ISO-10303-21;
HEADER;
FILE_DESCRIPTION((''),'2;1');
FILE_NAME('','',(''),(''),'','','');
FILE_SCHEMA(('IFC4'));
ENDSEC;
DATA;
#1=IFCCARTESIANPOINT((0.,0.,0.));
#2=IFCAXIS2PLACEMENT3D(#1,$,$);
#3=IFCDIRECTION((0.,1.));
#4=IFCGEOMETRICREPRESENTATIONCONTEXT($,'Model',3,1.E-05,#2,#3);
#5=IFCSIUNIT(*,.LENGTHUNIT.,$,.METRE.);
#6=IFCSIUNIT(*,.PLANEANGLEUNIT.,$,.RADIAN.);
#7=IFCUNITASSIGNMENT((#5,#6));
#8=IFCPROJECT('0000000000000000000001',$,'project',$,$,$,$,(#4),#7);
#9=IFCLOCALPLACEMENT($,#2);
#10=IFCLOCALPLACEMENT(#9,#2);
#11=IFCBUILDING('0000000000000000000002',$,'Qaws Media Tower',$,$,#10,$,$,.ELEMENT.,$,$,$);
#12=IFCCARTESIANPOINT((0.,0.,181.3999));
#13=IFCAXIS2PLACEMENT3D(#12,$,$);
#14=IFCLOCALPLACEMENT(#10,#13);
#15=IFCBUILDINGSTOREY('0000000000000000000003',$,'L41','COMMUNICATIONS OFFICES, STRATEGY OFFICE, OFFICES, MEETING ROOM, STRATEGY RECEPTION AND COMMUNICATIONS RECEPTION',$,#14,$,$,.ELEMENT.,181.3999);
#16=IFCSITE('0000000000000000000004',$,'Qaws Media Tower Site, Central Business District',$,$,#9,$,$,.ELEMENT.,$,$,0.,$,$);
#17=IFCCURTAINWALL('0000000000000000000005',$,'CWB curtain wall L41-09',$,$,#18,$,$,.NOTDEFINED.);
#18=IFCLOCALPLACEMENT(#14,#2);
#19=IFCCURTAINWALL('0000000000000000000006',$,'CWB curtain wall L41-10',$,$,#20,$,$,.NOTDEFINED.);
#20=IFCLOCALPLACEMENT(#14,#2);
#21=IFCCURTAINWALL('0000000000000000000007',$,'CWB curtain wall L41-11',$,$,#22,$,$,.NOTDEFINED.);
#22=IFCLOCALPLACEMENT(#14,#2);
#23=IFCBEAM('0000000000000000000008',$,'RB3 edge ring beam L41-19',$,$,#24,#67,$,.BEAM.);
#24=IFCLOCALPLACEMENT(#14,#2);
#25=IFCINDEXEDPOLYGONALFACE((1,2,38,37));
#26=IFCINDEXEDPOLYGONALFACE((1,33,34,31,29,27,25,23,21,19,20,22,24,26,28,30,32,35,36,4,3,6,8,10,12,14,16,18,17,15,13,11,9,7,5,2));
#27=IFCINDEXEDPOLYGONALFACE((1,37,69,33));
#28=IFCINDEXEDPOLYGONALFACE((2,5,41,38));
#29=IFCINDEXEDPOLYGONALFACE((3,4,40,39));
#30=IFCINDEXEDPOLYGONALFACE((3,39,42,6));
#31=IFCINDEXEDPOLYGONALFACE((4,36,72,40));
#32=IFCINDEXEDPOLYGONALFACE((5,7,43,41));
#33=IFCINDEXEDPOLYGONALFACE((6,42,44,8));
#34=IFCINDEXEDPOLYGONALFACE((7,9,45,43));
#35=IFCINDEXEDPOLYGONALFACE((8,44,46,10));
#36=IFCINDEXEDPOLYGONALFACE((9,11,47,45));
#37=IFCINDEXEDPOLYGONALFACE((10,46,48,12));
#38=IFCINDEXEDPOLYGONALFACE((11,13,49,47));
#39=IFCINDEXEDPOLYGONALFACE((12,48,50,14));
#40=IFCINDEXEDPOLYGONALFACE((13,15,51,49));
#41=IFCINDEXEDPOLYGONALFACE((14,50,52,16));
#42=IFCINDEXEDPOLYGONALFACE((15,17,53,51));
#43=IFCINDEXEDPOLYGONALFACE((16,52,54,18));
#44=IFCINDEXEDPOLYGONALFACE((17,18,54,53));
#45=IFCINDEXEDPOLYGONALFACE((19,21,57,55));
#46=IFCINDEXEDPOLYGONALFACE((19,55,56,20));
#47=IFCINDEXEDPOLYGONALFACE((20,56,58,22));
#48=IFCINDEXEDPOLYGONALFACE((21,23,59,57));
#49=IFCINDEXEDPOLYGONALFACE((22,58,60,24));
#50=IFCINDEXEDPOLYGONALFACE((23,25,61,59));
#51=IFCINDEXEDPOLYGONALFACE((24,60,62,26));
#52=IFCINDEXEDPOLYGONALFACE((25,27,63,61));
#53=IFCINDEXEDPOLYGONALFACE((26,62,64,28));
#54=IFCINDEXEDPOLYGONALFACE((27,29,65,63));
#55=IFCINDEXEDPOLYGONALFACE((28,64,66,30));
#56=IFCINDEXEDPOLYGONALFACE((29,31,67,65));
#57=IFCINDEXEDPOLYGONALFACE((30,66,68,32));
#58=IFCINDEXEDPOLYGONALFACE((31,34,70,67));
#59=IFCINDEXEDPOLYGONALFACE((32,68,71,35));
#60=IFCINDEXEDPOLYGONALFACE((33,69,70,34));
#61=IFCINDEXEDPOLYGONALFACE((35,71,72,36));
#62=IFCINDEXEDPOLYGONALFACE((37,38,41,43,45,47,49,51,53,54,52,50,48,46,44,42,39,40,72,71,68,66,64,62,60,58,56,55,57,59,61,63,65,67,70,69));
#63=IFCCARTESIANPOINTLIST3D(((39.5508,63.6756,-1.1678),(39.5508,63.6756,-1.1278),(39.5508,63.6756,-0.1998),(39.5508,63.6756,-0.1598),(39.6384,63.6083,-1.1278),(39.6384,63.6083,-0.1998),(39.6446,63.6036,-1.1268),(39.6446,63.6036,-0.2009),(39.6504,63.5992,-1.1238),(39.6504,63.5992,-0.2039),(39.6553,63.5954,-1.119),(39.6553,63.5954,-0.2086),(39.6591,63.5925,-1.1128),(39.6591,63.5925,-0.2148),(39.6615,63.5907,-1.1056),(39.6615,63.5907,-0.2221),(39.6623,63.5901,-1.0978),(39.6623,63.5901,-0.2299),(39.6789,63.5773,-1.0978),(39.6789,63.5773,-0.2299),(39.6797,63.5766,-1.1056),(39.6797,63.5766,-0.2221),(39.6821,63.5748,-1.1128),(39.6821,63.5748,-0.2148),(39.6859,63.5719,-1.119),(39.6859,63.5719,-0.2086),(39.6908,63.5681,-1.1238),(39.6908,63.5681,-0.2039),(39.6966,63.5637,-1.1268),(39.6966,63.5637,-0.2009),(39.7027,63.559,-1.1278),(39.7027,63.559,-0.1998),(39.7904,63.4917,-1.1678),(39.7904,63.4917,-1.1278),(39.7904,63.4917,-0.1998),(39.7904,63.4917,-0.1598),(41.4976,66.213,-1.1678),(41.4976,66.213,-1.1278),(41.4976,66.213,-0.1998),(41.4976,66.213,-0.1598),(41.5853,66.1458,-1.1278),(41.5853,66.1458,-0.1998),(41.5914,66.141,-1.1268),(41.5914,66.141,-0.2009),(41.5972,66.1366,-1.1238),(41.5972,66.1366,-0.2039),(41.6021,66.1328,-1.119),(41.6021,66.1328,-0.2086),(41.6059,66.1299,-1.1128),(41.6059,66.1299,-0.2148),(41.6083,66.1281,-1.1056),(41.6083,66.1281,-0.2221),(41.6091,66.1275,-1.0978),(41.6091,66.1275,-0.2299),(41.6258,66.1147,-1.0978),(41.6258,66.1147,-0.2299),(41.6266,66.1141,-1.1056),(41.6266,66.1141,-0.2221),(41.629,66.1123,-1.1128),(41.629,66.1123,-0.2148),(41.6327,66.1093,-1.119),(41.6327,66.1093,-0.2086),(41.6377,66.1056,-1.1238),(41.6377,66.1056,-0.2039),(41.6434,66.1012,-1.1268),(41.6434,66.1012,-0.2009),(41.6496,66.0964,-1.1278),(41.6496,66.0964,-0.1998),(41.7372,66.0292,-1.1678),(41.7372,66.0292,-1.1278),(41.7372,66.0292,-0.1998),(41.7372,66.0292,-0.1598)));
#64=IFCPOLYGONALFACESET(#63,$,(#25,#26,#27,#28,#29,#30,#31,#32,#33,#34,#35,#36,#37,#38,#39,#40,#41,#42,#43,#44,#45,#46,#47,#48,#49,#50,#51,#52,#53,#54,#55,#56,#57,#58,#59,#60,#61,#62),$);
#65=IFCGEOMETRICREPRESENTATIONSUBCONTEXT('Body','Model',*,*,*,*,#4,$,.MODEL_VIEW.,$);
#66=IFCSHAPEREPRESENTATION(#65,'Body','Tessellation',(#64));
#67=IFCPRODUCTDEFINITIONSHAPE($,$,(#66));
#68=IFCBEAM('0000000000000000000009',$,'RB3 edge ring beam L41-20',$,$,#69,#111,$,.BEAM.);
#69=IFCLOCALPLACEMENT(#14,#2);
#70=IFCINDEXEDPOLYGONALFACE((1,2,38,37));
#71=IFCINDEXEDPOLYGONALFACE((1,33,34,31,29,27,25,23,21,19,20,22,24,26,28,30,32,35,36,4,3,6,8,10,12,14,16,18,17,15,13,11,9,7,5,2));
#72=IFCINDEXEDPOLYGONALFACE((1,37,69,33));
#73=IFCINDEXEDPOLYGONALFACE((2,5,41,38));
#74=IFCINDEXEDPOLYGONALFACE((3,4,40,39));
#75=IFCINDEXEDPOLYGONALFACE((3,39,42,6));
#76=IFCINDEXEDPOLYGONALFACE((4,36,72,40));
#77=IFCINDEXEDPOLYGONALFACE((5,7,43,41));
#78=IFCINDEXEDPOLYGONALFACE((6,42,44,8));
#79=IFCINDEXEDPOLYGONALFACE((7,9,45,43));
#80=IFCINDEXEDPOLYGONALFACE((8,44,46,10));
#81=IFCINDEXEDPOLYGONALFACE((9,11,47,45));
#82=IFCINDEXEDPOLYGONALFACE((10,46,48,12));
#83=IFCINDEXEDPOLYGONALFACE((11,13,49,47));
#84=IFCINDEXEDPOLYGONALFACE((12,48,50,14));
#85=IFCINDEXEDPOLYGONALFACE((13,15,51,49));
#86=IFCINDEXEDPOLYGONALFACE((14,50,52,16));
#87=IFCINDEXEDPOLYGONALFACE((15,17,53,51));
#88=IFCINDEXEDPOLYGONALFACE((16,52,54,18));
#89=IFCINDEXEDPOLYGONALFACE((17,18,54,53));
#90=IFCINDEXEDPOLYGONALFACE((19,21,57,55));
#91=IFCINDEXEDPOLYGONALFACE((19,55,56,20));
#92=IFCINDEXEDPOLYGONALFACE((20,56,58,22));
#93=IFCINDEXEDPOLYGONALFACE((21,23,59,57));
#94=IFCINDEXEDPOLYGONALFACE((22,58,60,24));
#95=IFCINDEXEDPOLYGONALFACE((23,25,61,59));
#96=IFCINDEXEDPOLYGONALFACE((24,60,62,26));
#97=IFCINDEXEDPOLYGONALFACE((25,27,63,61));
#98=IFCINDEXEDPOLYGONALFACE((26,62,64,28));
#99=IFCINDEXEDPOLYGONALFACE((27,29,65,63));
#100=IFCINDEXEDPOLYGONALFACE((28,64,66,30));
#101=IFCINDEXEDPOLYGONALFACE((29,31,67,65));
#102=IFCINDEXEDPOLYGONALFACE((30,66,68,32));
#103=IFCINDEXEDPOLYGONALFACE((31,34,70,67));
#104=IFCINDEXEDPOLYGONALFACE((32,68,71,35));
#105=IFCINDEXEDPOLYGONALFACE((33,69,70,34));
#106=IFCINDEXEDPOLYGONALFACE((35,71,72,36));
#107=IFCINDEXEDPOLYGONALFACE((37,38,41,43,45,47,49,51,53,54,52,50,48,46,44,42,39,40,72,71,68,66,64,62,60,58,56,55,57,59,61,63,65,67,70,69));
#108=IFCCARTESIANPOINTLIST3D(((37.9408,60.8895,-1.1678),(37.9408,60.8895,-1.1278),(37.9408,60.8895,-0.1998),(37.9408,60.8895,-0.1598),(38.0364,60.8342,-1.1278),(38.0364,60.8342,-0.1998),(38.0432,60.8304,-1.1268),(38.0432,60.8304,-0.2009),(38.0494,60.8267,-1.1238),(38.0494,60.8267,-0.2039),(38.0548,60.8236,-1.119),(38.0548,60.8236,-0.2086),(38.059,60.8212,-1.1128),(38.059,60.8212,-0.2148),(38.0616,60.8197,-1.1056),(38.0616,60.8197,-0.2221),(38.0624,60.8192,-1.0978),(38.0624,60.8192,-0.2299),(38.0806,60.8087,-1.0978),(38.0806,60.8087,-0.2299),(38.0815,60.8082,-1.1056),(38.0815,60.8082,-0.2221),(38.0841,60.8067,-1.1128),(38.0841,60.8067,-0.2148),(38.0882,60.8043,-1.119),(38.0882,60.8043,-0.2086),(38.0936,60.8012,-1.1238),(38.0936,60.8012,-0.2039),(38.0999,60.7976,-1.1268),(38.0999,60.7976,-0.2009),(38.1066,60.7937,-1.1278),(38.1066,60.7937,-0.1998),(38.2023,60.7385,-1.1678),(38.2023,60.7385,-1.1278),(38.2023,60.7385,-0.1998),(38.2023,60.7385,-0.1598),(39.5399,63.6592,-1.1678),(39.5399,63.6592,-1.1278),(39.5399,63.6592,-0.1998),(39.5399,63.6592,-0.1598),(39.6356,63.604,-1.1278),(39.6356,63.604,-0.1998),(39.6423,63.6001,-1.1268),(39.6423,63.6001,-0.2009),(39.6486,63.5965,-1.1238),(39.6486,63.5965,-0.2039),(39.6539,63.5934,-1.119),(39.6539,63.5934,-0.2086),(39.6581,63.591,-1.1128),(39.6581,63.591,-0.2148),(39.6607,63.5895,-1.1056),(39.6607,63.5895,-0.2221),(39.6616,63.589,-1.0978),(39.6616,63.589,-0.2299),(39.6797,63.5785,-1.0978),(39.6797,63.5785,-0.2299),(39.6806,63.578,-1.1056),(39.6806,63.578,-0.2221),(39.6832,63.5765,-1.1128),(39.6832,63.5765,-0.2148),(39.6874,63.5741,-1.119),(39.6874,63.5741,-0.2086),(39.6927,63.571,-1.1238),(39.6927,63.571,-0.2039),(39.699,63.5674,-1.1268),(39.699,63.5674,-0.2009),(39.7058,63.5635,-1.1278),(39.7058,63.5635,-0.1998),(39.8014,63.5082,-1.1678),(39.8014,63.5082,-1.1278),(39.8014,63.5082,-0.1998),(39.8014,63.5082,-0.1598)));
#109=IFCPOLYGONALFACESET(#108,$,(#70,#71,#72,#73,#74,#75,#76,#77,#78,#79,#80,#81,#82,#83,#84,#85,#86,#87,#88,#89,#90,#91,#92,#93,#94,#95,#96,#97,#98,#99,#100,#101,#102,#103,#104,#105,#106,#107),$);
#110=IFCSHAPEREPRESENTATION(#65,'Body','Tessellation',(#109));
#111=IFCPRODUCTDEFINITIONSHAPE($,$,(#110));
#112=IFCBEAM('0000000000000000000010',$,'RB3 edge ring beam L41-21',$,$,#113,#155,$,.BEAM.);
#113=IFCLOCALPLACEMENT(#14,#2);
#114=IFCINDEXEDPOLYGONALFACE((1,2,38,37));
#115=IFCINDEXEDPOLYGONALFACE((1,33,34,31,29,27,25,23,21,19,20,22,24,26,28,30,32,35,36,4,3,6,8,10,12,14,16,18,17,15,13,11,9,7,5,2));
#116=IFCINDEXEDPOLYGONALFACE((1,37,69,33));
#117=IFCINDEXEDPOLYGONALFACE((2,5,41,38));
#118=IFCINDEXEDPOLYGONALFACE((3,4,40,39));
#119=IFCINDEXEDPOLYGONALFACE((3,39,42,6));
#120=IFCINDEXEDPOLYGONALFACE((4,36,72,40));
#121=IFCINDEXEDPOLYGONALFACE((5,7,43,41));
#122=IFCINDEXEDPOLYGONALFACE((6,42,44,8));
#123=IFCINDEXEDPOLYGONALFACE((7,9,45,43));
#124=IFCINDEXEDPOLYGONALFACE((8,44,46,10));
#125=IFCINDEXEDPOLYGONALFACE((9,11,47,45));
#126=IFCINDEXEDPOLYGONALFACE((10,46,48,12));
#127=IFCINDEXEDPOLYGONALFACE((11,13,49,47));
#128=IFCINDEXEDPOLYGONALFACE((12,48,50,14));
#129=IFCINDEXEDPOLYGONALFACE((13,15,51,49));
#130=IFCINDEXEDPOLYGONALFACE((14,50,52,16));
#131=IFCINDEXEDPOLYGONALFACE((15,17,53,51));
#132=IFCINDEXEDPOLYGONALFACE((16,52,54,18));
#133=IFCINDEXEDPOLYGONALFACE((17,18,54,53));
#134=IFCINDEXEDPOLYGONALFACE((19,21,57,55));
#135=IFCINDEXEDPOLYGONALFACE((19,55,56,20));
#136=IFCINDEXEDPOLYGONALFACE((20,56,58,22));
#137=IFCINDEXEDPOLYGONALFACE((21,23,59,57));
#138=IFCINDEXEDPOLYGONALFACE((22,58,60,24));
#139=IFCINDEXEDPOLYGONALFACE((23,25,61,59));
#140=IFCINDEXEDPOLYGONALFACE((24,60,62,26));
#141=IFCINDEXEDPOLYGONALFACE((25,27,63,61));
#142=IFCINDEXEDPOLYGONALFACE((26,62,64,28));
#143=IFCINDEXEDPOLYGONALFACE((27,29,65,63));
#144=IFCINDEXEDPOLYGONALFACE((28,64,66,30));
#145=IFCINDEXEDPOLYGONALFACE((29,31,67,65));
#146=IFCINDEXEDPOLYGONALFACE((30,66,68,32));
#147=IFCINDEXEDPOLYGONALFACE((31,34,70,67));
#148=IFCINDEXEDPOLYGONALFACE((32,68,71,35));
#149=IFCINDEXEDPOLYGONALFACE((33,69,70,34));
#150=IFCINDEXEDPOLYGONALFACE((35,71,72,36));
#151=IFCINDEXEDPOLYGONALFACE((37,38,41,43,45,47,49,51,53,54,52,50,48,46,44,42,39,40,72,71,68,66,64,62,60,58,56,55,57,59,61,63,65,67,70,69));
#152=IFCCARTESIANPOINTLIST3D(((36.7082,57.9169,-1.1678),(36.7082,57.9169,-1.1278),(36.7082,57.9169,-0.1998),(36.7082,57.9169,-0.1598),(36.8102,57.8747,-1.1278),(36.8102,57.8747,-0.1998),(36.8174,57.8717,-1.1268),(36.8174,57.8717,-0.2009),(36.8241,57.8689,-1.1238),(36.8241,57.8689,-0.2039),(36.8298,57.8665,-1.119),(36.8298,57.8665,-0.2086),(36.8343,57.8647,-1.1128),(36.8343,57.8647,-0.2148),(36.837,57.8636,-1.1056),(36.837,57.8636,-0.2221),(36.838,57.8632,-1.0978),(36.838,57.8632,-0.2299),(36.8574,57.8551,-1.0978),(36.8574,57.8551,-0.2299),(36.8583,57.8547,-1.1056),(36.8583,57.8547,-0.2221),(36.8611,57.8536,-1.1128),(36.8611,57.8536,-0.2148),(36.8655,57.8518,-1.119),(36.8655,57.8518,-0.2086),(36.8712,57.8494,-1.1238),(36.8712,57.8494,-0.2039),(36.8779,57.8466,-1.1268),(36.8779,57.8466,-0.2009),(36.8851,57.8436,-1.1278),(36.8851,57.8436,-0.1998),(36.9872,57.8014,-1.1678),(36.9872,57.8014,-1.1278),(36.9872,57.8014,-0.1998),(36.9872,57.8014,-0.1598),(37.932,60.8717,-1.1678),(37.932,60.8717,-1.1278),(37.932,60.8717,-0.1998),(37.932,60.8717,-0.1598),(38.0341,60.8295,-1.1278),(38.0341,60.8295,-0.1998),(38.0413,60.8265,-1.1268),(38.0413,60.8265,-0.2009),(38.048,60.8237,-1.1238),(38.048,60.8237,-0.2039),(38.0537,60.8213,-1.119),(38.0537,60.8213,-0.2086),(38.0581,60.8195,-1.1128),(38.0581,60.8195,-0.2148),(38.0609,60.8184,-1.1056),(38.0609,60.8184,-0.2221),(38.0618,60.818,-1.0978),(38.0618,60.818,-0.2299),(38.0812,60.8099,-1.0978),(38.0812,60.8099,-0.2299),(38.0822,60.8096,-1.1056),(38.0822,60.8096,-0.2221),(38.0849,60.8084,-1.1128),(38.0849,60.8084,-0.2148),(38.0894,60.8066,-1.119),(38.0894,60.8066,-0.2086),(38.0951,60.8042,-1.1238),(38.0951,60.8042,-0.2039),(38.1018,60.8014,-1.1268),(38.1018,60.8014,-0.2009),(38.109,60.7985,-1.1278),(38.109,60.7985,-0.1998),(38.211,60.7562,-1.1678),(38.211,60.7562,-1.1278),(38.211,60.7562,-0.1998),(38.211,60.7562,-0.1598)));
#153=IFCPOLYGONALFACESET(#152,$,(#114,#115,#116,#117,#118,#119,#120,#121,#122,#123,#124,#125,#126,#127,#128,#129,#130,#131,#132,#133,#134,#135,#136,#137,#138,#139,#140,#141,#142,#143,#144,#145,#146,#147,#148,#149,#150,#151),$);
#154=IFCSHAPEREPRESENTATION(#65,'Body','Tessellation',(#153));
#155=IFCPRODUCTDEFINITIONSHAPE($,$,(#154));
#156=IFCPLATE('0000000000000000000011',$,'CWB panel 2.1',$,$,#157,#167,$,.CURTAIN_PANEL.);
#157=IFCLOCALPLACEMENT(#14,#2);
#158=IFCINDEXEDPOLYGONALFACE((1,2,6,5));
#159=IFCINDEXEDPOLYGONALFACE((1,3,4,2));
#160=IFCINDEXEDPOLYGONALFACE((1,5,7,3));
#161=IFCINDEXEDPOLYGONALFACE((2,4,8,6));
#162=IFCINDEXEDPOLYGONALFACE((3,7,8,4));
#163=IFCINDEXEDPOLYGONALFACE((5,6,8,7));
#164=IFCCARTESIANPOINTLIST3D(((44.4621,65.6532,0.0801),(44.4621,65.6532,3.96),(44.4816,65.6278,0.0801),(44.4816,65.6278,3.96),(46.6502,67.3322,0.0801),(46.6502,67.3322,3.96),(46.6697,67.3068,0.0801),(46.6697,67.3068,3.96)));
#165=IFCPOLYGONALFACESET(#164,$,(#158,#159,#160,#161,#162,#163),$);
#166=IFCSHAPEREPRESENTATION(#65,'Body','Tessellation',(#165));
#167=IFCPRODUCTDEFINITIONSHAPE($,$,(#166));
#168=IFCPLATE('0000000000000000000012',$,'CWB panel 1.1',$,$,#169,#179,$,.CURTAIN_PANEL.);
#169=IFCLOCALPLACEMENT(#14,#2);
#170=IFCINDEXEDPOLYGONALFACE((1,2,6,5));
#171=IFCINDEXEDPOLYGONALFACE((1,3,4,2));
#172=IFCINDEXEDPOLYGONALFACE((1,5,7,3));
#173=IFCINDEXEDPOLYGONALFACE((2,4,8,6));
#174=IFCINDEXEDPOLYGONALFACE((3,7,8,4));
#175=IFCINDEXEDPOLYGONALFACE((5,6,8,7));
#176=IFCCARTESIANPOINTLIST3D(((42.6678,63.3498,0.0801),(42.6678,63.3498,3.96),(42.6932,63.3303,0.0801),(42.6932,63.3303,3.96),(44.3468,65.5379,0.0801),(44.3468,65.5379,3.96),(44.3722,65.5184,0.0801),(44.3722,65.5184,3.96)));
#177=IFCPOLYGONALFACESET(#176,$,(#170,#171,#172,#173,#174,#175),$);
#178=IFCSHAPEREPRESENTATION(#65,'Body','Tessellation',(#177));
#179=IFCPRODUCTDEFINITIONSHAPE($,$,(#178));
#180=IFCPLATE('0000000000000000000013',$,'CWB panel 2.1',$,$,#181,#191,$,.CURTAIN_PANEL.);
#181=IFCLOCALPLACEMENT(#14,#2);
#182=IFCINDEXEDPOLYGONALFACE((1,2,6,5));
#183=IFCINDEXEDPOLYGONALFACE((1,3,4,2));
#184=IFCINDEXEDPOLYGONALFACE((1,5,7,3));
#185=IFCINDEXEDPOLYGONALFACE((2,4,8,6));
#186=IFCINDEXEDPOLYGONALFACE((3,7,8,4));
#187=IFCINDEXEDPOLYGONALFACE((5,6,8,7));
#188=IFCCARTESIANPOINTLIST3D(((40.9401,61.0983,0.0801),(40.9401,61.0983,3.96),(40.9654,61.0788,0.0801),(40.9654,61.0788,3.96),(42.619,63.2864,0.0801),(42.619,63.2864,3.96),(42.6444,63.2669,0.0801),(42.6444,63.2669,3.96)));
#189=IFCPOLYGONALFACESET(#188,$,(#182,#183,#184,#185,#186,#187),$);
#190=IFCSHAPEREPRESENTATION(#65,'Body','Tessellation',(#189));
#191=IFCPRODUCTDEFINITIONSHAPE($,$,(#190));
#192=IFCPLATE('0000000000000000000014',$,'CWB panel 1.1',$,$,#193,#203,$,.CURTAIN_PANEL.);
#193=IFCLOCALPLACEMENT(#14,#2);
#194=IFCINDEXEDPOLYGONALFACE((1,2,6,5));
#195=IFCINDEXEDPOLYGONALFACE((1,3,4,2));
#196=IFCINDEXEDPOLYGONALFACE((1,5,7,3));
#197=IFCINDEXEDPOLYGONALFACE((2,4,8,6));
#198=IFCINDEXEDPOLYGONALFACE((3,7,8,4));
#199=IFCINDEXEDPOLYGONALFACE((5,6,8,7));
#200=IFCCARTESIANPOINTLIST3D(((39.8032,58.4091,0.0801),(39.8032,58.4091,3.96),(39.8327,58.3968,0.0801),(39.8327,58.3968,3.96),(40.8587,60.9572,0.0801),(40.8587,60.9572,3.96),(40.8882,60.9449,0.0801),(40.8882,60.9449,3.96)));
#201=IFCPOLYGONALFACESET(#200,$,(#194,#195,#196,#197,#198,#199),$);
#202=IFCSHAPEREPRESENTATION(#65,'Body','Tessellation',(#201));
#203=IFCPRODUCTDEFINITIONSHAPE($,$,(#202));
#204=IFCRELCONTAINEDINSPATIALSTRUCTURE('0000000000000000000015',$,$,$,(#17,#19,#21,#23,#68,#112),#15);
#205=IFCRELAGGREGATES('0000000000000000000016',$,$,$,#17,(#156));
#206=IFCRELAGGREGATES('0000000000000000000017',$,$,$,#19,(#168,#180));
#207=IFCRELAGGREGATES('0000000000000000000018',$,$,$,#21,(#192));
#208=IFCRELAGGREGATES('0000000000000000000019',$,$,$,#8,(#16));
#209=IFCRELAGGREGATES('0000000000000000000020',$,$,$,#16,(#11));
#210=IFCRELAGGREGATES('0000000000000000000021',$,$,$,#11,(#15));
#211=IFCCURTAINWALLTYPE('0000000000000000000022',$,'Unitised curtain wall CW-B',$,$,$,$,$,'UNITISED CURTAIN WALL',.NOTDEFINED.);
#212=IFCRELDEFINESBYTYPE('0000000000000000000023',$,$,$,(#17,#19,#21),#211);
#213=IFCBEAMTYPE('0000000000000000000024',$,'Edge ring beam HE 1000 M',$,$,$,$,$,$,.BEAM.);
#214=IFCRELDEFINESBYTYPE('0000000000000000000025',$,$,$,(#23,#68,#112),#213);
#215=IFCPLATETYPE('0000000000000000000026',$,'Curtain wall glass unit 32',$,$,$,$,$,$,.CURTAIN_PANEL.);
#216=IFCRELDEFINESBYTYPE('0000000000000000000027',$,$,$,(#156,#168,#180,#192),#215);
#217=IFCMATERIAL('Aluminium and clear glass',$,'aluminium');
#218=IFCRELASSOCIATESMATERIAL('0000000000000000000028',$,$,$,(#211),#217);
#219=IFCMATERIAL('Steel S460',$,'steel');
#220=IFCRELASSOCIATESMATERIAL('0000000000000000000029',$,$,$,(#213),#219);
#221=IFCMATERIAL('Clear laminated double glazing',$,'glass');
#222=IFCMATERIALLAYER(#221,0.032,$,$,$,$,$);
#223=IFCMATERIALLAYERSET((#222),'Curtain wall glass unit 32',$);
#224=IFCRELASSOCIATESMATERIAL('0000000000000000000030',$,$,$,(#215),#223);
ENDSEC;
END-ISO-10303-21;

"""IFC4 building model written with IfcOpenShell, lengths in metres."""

from ifc_helpers import new_model, si_unit, direction, frame, origin, origin_2d, place, context, subcontext, project, spatial, rectangle, i_section, extrude, material, layer, layer_set, material_profile, profile_set, type_object, element, aggregate, save


model = new_model("IFC4")

# Units and contexts
model_context = context("Model", 3, precision=1e-05, world=origin(), true_north=direction((0.0, 1.0)))
body_context = subcontext(model_context, "Body", "Model", "MODEL_VIEW")
ifc_project = project(units=[si_unit("LENGTHUNIT", "METRE"), si_unit("PLANEANGLEUNIT", "RADIAN")], contexts=[model_context])

# Site, building, storey
site_placement = place(None, origin())
site = spatial("IfcSite", under=ifc_project, at=site_placement, Name="Qaws Media Tower Site, Central Business District", CompositionType="ELEMENT", RefElevation=0.0)
building_placement = place(site_placement, origin())
building = spatial("IfcBuilding", under=site, at=building_placement, Name="Qaws Media Tower", CompositionType="ELEMENT")
storey_placement = place(building_placement, frame((0.0, 0.0, 181.3999)))
storey = spatial("IfcBuildingStorey", under=building, at=storey_placement, Name="L41", Description="COMMUNICATIONS OFFICES, STRATEGY OFFICE, OFFICES, MEETING ROOM, STRATEGY RECEPTION AND COMMUNICATIONS RECEPTION", CompositionType="ELEMENT", Elevation=181.3999)

# Curtain walls
ifc_material_1 = material(Name="Aluminium and clear glass", Category="aluminium")
curtain_wall_type = type_object("IfcCurtainWallType", Name="Unitised curtain wall CW-B", ElementType="UNITISED CURTAIN WALL", PredefinedType="NOTDEFINED", material=ifc_material_1)
curtain_wall_1_placement = place(storey_placement, origin())
curtain_wall_1 = element("IfcCurtainWall", 1, at=curtain_wall_1_placement, inside=storey, type_object=curtain_wall_type, Name="CWB curtain wall L41-09", PredefinedType="NOTDEFINED")
curtain_wall_2_placement = place(storey_placement, origin())
curtain_wall_2 = element("IfcCurtainWall", 2, at=curtain_wall_2_placement, inside=storey, type_object=curtain_wall_type, Name="CWB curtain wall L41-10", PredefinedType="NOTDEFINED")

# Curtain wall
curtain_wall_3_placement = place(storey_placement, origin())
curtain_wall_3 = element("IfcCurtainWall", 3, at=curtain_wall_3_placement, inside=storey, type_object=curtain_wall_type, Name="CWB curtain wall L41-11", PredefinedType="NOTDEFINED")

# Beams
ifc_material_2 = material(Name="Steel S460", Category="steel")
ifc_material_profile_1 = material_profile(ifc_material_2, i_section(OverallWidth=0.302, OverallDepth=1.0081, WebThickness=0.021, FlangeThickness=0.04, FilletRadius=0.03, at=origin_2d()), Name="HE 1000 M")
ifc_profile_set_1 = profile_set([ifc_material_profile_1], Name="Steel S460")
beam_type = type_object("IfcBeamType", Name="Edge ring beam HE 1000 M", PredefinedType="BEAM", material=ifc_profile_set_1)
for number, where, z_axis, x_axis, name in (
    (4, (41.6174, 66.1211, -0.6638), (-0.608722, -0.793384, 0.0), (0.793384, -0.608722, 0.0), "RB3 edge ring beam L41-19"),
    (5, (39.6707, 63.5837, -0.6638), (-0.499998, -0.866027, 0.0), (0.866027, -0.499998, 0.0), "RB3 edge ring beam L41-20"),
    (6, (38.0715, 60.814, -0.6638), (-0.382669, -0.923886, 0.0), (0.923886, -0.382669, 0.0), "RB3 edge ring beam L41-21"),
):
    element("IfcBeam", number, at=place(storey_placement, frame(where, z_axis=z_axis, x_axis=x_axis)), inside=storey, type_object=beam_type, Name=name, PredefinedType="BEAM", context=body_context, shape_type="SweptSolid", body=[
        extrude(i_section(OverallWidth=0.302, OverallDepth=1.0081, WebThickness=0.021, FlangeThickness=0.04, FilletRadius=0.03, at=origin_2d()), origin(), (0.0, 0.0, 1.0), 3.1982),
    ])

# Plates
ifc_material_3 = material(Name="Clear laminated double glazing", Category="glass")
ifc_layer_1 = layer(ifc_material_3, 0.032)
ifc_layer_set_1 = layer_set([ifc_layer_1], Name="Curtain wall glass unit 32")
plate_type_1 = type_object("IfcPlateType", Name="Curtain wall glass unit 32", PredefinedType="CURTAIN_PANEL", material=ifc_layer_set_1)
plate_1_placement = place(storey_placement, frame((45.5659, 66.48, 0.0801), z_axis=(0.0, 0.0, 1.0), x_axis=(-0.793353, -0.608761, 0.0)))
plate_1 = element("IfcPlate", 7, at=plate_1_placement, type_object=plate_type_1, Name="CWB panel 2.1", PredefinedType="CURTAIN_PANEL", context=body_context, shape_type="SweptSolid", body=[
    extrude(rectangle(XDim=2.7581, YDim=0.032, at=origin_2d()), origin(), (0.0, 0.0, 1.0), 3.8799),
])
aggregate(curtain_wall_1, [plate_1])
plate_2_placement = place(storey_placement, frame((43.52, 64.4341, 0.0801), z_axis=(0.0, 0.0, 1.0), x_axis=(-0.608761, -0.793353, 0.0)))
plate_2 = element("IfcPlate", 8, at=plate_2_placement, type_object=plate_type_1, Name="CWB panel 1.1", PredefinedType="CURTAIN_PANEL", context=body_context, shape_type="SweptSolid", body=[
    extrude(rectangle(XDim=2.7581, YDim=0.032, at=origin_2d()), origin(), (0.0, 0.0, 1.0), 3.8799),
])
plate_3_placement = place(storey_placement, frame((41.7922, 62.1826, 0.0801), z_axis=(0.0, 0.0, 1.0), x_axis=(-0.608761, -0.793353, 0.0)))
plate_3 = element("IfcPlate", 9, at=plate_3_placement, type_object=plate_type_1, Name="CWB panel 2.1", PredefinedType="CURTAIN_PANEL", context=body_context, shape_type="SweptSolid", body=[
    extrude(rectangle(XDim=2.7581, YDim=0.032, at=origin_2d()), origin(), (0.0, 0.0, 1.0), 3.8799),
])
aggregate(curtain_wall_2, [plate_2, plate_3])
plate_4_placement = place(storey_placement, frame((40.3457, 59.677, 0.0801), z_axis=(0.0, 0.0, 1.0), x_axis=(-0.382683, -0.92388, 0.0)))
plate_4 = element("IfcPlate", 10, at=plate_4_placement, type_object=plate_type_1, Name="CWB panel 1.1", PredefinedType="CURTAIN_PANEL", context=body_context, shape_type="SweptSolid", body=[
    extrude(rectangle(XDim=2.7581, YDim=0.032, at=origin_2d()), origin(), (0.0, 0.0, 1.0), 3.8799),
])
aggregate(curtain_wall_3, [plate_4])

save(model, "model.ifc")
